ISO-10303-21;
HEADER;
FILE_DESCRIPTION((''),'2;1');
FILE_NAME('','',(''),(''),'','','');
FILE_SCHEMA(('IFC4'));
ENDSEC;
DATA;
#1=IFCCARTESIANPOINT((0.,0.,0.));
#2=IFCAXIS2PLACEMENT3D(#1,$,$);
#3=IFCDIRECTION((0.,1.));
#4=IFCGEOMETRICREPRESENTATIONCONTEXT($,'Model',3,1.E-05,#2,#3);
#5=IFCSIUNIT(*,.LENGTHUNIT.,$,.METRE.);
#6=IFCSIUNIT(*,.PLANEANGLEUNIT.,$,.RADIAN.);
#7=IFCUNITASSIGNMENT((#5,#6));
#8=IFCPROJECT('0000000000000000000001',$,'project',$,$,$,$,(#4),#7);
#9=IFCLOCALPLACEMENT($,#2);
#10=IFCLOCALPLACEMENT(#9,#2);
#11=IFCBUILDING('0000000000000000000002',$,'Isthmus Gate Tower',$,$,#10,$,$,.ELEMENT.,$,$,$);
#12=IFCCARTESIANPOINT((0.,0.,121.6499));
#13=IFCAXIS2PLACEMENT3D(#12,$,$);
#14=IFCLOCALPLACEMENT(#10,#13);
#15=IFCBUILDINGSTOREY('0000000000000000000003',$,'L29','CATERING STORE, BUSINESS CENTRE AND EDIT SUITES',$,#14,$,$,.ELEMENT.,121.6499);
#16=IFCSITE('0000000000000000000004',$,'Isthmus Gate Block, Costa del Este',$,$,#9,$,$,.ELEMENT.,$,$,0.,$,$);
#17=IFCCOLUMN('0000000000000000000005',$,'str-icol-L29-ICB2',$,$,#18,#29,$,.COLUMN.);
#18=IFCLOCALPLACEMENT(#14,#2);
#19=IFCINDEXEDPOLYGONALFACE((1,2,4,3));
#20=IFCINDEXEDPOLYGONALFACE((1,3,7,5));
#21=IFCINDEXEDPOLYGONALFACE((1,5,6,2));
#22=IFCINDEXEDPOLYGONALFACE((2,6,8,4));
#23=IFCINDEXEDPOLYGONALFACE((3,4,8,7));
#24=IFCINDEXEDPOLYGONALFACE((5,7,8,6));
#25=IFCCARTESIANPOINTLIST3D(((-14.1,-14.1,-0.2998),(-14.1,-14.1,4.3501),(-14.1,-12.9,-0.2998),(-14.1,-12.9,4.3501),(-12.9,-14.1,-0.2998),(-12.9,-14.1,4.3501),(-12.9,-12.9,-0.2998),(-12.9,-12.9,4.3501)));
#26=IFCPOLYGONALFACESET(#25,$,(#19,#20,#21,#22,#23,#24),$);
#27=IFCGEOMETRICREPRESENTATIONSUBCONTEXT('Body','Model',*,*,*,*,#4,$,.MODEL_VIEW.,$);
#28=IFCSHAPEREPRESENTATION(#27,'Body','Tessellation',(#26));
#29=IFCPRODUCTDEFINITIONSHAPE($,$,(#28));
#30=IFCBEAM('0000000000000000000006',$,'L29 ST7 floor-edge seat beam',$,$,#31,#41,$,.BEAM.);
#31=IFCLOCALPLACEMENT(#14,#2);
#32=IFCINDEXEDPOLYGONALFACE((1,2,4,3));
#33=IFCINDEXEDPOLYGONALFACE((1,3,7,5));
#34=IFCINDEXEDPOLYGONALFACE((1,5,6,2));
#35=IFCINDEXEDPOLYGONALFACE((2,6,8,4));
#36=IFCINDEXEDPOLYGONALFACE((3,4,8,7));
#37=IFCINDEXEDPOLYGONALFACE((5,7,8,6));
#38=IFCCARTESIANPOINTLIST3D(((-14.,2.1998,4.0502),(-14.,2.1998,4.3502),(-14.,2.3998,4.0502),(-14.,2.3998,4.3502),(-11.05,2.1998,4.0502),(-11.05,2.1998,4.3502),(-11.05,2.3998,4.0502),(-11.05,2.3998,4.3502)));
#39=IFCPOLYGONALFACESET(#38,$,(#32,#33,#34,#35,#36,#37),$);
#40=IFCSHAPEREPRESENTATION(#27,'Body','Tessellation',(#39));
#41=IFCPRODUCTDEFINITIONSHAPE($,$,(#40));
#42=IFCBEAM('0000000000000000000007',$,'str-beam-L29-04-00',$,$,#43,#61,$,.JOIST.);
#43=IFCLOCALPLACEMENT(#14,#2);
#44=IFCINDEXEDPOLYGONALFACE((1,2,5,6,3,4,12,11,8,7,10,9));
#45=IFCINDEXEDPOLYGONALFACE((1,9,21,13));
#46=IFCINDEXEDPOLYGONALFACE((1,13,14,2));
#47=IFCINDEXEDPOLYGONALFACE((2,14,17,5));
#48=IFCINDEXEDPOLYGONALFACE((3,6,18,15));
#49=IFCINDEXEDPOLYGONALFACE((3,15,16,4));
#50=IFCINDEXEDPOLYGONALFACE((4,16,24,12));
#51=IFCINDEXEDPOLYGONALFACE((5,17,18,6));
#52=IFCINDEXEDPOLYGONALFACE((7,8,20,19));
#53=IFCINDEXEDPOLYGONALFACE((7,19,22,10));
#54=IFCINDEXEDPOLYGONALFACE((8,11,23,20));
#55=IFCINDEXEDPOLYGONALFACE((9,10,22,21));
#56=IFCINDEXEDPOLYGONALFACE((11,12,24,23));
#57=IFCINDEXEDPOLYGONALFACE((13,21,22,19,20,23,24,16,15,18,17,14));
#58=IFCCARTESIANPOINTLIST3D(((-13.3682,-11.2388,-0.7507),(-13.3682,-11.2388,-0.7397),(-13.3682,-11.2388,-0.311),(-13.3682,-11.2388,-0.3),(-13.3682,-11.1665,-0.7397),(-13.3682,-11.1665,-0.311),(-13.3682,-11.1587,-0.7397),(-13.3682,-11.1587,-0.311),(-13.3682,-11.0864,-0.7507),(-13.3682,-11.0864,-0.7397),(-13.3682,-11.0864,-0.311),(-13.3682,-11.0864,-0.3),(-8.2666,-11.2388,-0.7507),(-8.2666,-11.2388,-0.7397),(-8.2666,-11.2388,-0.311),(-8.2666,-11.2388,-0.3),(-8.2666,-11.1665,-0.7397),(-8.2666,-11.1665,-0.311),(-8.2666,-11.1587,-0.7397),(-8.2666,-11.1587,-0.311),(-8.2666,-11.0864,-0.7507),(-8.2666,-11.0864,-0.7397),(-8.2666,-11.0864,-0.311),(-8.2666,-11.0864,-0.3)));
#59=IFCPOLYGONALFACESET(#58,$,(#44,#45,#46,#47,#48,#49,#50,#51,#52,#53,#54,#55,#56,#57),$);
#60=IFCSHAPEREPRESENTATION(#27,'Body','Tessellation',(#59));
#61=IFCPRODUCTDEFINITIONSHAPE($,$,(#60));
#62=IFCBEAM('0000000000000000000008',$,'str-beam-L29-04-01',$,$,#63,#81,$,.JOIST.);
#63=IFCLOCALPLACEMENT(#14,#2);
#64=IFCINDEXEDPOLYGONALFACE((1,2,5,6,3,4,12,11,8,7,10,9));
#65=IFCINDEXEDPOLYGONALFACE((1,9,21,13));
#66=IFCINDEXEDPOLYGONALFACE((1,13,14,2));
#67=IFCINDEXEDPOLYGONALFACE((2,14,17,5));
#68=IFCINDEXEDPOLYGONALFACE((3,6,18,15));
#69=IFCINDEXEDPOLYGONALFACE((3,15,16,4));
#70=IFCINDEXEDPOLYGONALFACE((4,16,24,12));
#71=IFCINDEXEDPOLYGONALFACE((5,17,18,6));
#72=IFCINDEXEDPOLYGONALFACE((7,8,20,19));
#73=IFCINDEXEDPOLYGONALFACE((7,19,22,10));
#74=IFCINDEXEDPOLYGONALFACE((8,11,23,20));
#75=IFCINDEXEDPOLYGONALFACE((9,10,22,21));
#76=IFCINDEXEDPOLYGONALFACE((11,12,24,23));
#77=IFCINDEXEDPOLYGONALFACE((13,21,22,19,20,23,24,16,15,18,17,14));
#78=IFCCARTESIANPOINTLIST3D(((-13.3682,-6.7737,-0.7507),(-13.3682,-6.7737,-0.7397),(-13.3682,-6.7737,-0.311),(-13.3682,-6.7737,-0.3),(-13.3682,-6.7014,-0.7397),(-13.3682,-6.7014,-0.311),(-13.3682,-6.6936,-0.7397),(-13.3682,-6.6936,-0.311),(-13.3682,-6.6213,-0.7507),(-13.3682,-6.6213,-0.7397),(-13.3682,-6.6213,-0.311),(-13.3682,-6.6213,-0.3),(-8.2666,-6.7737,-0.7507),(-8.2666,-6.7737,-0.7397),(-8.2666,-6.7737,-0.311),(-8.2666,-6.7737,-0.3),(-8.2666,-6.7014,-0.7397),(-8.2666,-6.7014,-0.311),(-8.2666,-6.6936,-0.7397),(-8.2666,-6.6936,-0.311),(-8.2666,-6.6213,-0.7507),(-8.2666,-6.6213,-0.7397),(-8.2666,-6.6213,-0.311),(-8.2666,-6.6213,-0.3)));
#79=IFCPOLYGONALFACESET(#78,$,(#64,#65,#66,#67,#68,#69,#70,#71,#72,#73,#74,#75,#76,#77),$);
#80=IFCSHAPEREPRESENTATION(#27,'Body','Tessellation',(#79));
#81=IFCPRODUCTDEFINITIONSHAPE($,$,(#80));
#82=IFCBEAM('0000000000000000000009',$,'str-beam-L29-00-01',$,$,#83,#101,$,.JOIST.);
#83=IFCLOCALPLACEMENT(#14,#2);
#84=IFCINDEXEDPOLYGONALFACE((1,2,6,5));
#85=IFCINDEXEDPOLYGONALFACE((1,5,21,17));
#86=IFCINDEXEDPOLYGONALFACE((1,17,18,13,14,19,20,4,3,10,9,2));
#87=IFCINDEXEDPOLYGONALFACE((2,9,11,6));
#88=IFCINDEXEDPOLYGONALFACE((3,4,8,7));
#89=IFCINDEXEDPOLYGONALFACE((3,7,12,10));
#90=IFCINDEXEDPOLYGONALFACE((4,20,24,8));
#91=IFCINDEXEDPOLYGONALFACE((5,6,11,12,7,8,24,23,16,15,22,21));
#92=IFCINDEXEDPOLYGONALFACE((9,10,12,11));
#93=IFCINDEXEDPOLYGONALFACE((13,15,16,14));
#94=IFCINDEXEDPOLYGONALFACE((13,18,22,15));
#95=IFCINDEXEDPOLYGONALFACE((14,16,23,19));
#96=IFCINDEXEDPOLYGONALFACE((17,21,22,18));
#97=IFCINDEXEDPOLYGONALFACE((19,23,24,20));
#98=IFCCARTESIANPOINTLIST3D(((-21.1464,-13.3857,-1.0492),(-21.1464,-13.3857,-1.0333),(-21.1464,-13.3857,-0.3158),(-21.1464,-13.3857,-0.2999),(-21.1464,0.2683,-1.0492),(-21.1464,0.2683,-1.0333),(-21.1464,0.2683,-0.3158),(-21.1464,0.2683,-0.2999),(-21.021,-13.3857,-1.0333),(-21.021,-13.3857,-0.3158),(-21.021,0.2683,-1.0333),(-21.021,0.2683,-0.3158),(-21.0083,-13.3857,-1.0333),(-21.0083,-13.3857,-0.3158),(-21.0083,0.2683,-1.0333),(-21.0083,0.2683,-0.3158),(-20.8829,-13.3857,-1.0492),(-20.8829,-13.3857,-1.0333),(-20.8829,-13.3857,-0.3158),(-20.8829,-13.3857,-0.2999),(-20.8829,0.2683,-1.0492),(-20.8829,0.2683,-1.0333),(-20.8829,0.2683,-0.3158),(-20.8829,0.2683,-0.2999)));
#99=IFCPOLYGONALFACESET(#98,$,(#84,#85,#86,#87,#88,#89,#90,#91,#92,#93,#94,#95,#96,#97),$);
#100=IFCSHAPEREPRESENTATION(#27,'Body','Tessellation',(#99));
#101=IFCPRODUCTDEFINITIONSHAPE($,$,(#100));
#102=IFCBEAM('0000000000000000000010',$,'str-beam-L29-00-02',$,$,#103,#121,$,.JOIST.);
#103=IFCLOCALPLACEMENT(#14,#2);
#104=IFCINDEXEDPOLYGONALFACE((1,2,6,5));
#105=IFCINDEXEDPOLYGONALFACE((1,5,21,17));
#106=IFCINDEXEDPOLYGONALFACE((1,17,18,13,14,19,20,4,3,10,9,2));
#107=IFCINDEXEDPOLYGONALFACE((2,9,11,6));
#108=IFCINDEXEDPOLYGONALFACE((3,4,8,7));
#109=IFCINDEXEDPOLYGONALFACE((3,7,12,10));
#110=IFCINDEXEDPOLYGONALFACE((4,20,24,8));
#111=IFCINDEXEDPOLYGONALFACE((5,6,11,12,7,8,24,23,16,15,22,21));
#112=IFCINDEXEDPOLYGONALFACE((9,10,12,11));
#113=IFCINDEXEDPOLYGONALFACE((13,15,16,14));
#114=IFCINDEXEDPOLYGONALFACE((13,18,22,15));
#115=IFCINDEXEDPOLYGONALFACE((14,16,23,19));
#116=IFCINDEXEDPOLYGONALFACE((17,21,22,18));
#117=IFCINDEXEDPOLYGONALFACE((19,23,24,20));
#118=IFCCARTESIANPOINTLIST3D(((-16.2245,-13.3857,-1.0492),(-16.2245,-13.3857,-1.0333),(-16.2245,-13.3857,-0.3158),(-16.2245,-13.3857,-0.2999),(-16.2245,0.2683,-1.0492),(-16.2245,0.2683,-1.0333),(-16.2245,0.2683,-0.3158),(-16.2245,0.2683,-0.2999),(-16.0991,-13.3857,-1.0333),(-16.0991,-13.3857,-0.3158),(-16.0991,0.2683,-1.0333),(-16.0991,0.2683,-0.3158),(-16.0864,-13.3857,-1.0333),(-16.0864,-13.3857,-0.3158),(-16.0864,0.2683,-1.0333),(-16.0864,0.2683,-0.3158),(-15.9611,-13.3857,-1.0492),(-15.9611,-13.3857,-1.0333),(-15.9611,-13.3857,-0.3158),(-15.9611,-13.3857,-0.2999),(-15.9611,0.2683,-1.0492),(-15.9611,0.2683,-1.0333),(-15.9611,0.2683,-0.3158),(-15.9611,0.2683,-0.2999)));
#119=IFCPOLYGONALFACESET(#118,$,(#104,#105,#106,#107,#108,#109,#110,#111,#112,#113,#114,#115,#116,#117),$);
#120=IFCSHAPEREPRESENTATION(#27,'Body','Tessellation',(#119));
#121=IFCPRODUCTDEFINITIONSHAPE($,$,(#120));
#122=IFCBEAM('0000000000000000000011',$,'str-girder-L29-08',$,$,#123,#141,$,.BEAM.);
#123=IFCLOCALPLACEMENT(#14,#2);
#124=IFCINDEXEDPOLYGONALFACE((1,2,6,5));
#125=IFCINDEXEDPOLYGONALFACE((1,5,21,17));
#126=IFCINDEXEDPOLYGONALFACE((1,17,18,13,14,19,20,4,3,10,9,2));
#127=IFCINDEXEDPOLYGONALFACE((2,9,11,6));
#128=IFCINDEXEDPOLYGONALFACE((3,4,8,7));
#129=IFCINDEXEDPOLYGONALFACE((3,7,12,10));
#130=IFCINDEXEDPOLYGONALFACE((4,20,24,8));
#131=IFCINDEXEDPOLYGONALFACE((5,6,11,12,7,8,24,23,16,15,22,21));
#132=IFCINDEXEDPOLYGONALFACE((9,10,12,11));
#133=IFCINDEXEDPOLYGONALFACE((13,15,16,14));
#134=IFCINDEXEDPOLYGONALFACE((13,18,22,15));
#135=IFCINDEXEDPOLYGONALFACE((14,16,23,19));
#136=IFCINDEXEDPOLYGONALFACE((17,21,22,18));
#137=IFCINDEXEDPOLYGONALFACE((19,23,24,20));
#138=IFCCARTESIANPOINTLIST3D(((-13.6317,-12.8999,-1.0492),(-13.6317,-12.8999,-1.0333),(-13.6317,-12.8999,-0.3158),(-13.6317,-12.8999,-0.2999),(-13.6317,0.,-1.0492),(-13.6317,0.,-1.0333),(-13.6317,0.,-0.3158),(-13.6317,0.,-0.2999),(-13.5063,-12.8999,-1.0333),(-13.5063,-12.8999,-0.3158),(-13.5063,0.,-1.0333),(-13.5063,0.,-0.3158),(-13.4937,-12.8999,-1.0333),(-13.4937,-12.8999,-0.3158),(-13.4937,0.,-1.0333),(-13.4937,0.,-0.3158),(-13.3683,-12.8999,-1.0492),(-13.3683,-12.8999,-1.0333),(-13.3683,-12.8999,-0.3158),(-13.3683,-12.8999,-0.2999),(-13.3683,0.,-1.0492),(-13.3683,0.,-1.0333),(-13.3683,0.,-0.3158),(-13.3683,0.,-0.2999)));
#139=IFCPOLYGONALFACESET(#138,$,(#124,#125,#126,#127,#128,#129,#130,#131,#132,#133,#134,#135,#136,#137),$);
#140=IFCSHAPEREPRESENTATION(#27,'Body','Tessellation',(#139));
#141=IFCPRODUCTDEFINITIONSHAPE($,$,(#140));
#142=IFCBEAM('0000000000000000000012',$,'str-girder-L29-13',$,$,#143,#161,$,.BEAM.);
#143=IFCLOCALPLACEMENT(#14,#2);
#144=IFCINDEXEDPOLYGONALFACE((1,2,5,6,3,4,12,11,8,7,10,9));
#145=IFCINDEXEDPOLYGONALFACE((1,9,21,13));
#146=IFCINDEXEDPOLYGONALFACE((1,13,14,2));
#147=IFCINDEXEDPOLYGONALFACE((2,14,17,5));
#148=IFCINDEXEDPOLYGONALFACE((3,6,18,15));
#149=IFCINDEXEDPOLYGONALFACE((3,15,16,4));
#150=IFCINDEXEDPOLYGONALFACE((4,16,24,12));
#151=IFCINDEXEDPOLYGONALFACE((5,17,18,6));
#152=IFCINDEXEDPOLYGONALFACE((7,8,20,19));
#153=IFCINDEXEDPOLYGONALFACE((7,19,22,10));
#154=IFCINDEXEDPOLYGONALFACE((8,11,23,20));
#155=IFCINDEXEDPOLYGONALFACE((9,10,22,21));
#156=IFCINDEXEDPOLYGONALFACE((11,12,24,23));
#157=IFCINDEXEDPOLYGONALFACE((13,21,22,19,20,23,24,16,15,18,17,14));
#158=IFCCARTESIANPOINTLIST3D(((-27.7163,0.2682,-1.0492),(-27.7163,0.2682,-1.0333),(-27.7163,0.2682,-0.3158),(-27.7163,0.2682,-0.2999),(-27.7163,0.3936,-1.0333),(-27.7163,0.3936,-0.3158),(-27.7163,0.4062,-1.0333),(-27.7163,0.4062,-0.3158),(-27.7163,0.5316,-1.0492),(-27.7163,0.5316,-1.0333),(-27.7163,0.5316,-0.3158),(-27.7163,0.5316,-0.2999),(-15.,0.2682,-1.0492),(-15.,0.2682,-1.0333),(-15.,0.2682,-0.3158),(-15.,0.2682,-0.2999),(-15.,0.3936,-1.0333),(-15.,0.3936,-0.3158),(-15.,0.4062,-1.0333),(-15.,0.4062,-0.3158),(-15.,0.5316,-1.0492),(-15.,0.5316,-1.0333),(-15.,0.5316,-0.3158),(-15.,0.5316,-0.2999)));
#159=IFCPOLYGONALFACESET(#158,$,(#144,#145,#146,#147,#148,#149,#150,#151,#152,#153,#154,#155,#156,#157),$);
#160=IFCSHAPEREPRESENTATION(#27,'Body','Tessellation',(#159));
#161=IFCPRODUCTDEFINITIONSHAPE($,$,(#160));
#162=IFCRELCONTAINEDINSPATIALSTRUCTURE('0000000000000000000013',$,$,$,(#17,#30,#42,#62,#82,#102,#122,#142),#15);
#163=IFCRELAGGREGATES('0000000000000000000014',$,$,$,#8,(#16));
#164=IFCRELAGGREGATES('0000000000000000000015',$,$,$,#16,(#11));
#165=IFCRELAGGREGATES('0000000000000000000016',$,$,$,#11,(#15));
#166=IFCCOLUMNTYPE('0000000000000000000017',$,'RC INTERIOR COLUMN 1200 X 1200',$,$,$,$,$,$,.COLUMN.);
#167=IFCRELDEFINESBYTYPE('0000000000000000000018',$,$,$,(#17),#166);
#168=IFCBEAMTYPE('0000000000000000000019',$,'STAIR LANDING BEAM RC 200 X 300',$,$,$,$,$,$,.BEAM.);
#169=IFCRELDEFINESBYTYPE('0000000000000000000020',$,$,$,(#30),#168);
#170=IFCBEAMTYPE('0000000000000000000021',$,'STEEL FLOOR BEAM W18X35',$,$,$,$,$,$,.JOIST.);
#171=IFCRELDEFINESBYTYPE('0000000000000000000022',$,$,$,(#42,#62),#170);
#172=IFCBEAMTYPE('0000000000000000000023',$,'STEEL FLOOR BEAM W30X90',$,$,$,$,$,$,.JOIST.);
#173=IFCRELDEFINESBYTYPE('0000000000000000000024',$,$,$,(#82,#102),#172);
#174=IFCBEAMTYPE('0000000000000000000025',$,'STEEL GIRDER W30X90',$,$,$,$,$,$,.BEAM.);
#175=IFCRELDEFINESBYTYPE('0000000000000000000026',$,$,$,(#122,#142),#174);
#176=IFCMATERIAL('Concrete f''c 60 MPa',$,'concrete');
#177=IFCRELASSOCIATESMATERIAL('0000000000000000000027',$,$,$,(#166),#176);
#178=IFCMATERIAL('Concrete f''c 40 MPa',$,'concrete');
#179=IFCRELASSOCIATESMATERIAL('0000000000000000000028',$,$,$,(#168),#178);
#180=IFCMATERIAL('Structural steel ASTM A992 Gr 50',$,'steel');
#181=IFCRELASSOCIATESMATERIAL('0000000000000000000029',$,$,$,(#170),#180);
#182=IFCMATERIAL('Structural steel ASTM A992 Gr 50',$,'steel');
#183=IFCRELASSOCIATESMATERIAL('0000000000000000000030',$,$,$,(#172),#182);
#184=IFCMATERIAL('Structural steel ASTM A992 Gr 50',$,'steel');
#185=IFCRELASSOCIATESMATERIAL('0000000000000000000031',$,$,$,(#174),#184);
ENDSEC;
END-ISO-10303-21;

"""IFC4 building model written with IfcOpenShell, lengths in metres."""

from ifc_helpers import new_model, si_unit, direction, frame, origin, origin_2d, place, context, subcontext, project, spatial, rectangle, i_section, extrude, material, material_profile, profile_set, type_object, element, save


model = new_model("IFC4")

# Units and contexts
model_context = context("Model", 3, precision=1e-05, world=origin(), true_north=direction((0.0, 1.0)))
body_context = subcontext(model_context, "Body", "Model", "MODEL_VIEW")
ifc_project = project(units=[si_unit("LENGTHUNIT", "METRE"), si_unit("PLANEANGLEUNIT", "RADIAN")], contexts=[model_context])

# Site, building, storey
site_placement = place(None, origin())
site = spatial("IfcSite", under=ifc_project, at=site_placement, Name="Isthmus Gate Block, Costa del Este", CompositionType="ELEMENT", RefElevation=0.0)
building_placement = place(site_placement, origin())
building = spatial("IfcBuilding", under=site, at=building_placement, Name="Isthmus Gate Tower", CompositionType="ELEMENT")
storey_placement = place(building_placement, frame((0.0, 0.0, 121.6499)))
storey = spatial("IfcBuildingStorey", under=building, at=storey_placement, Name="L29", Description="CATERING STORE, BUSINESS CENTRE AND EDIT SUITES", CompositionType="ELEMENT", Elevation=121.6499)

# Column
ifc_material_1 = material(Name="Concrete f'c 60 MPa", Category="concrete")
ifc_material_profile_1 = material_profile(ifc_material_1, rectangle(XDim=1.2, YDim=1.2, at=origin_2d()), Name="RC 1200X1200")
ifc_profile_set_1 = profile_set([ifc_material_profile_1], Name="Concrete f'c 60 MPa")
column_type = type_object("IfcColumnType", Name="RC INTERIOR COLUMN 1200 X 1200", PredefinedType="COLUMN", material=ifc_profile_set_1)
column_placement = place(storey_placement, frame((-13.5, -13.5, -0.2998), z_axis=(0.0, 0.0, 1.0), x_axis=(1.0, 0.0, 0.0)))
element("IfcColumn", 1, at=column_placement, inside=storey, type_object=column_type, Name="str-icol-L29-ICB2", PredefinedType="COLUMN", context=body_context, shape_type="SweptSolid", body=[
    extrude(rectangle(XDim=1.2, YDim=1.2, at=origin_2d()), origin(), (0.0, 0.0, 1.0), 4.6499),
])

# Beams
ifc_material_2 = material(Name="Concrete f'c 40 MPa", Category="concrete")
ifc_material_profile_2 = material_profile(ifc_material_2, rectangle(XDim=0.2, YDim=0.3, at=origin_2d()), Name="STAIR LANDING BEAM RC 200 X 300")
ifc_profile_set_2 = profile_set([ifc_material_profile_2], Name="Concrete f'c 40 MPa")
beam_type_1 = type_object("IfcBeamType", Name="STAIR LANDING BEAM RC 200 X 300", PredefinedType="BEAM", material=ifc_profile_set_2)
beam_1_placement = place(storey_placement, frame((-14.0, 2.2998, 4.2002), z_axis=(1.0, 0.0, 0.0), x_axis=(0.0, 1.0, 0.0)))
element("IfcBeam", 2, at=beam_1_placement, inside=storey, type_object=beam_type_1, Name="L29 ST7 floor-edge seat beam", PredefinedType="BEAM", context=body_context, shape_type="SweptSolid", body=[
    extrude(rectangle(XDim=0.2, YDim=0.3, at=origin_2d()), origin(), (0.0, 0.0, 1.0), 2.95),
])
ifc_material_3 = material(Name="Structural steel ASTM A992 Gr 50", Category="steel")
ifc_material_profile_3 = material_profile(ifc_material_3, i_section(OverallWidth=0.1523, OverallDepth=0.4507, WebThickness=0.0078, FlangeThickness=0.011, at=origin_2d()), Name="W18X35")
ifc_profile_set_3 = profile_set([ifc_material_profile_3], Name="Structural steel ASTM A992 Gr 50")
beam_type_2 = type_object("IfcBeamType", Name="STEEL FLOOR BEAM W18X35", PredefinedType="JOIST", material=ifc_profile_set_3)
for number, where, z_axis, x_axis, name in (
    (3, (-13.3682, -11.1626, -0.5254), (1.0, 0.0, 0.0), (0.0, 1.0, 0.0), "str-beam-L29-04-00"),
    (4, (-13.3682, -6.6975, -0.5254), (1.0, 0.0, 0.0), (0.0, 1.0, 0.0), "str-beam-L29-04-01"),
):
    element("IfcBeam", number, at=place(storey_placement, frame(where, z_axis=z_axis, x_axis=x_axis)), inside=storey, type_object=beam_type_2, Name=name, PredefinedType="JOIST", context=body_context, shape_type="SweptSolid", body=[
        extrude(i_section(OverallWidth=0.1523, OverallDepth=0.4507, WebThickness=0.0078, FlangeThickness=0.011, at=origin_2d()), origin(), (0.0, 0.0, 1.0), 5.1016),
    ])
ifc_material_4 = material(Name="Structural steel ASTM A992 Gr 50", Category="steel")
ifc_material_profile_4 = material_profile(ifc_material_4, i_section(OverallWidth=0.2634, OverallDepth=0.7493, WebThickness=0.0127, FlangeThickness=0.0159, at=origin_2d()), Name="W30X90")
ifc_profile_set_4 = profile_set([ifc_material_profile_4], Name="Structural steel ASTM A992 Gr 50")
beam_type_3 = type_object("IfcBeamType", Name="STEEL FLOOR BEAM W30X90", PredefinedType="JOIST", material=ifc_profile_set_4)
for number, where, z_axis, x_axis, name in (
    (5, (-21.0146, -13.3857, -0.6746), (0.0, 1.0, 0.0), (-1.0, 0.0, 0.0), "str-beam-L29-00-01"),
    (6, (-16.0928, -13.3857, -0.6746), (0.0, 1.0, 0.0), (-1.0, 0.0, 0.0), "str-beam-L29-00-02"),
):
    element("IfcBeam", number, at=place(storey_placement, frame(where, z_axis=z_axis, x_axis=x_axis)), inside=storey, type_object=beam_type_3, Name=name, PredefinedType="JOIST", context=body_context, shape_type="SweptSolid", body=[
        extrude(i_section(OverallWidth=0.2634, OverallDepth=0.7493, WebThickness=0.0127, FlangeThickness=0.0159, at=origin_2d()), origin(), (0.0, 0.0, 1.0), 13.6541),
    ])
ifc_material_5 = material(Name="Structural steel ASTM A992 Gr 50", Category="steel")
ifc_material_profile_5 = material_profile(ifc_material_5, i_section(OverallWidth=0.2634, OverallDepth=0.7493, WebThickness=0.0127, FlangeThickness=0.0159, at=origin_2d()), Name="W30X90")
ifc_profile_set_5 = profile_set([ifc_material_profile_5], Name="Structural steel ASTM A992 Gr 50")
beam_type_4 = type_object("IfcBeamType", Name="STEEL GIRDER W30X90", PredefinedType="BEAM", material=ifc_profile_set_5)
beam_2_placement = place(storey_placement, frame((-13.5, -12.8999, -0.6746), z_axis=(0.0, 1.0, 0.0), x_axis=(-1.0, 0.0, 0.0)))
element("IfcBeam", 7, at=beam_2_placement, inside=storey, type_object=beam_type_4, Name="str-girder-L29-08", PredefinedType="BEAM", context=body_context, shape_type="SweptSolid", body=[
    extrude(i_section(OverallWidth=0.2634, OverallDepth=0.7493, WebThickness=0.0127, FlangeThickness=0.0159, at=origin_2d()), origin(), (0.0, 0.0, 1.0), 12.8999),
])
beam_3_placement = place(storey_placement, frame((-15.0, 0.3999, -0.6746), z_axis=(-1.0, 0.0, 0.0), x_axis=(0.0, -1.0, 0.0)))
element("IfcBeam", 8, at=beam_3_placement, inside=storey, type_object=beam_type_4, Name="str-girder-L29-13", PredefinedType="BEAM", context=body_context, shape_type="SweptSolid", body=[
    extrude(i_section(OverallWidth=0.2634, OverallDepth=0.7493, WebThickness=0.0127, FlangeThickness=0.0159, at=origin_2d()), origin(), (0.0, 0.0, 1.0), 12.7163),
])

save(model, "model.ifc")
